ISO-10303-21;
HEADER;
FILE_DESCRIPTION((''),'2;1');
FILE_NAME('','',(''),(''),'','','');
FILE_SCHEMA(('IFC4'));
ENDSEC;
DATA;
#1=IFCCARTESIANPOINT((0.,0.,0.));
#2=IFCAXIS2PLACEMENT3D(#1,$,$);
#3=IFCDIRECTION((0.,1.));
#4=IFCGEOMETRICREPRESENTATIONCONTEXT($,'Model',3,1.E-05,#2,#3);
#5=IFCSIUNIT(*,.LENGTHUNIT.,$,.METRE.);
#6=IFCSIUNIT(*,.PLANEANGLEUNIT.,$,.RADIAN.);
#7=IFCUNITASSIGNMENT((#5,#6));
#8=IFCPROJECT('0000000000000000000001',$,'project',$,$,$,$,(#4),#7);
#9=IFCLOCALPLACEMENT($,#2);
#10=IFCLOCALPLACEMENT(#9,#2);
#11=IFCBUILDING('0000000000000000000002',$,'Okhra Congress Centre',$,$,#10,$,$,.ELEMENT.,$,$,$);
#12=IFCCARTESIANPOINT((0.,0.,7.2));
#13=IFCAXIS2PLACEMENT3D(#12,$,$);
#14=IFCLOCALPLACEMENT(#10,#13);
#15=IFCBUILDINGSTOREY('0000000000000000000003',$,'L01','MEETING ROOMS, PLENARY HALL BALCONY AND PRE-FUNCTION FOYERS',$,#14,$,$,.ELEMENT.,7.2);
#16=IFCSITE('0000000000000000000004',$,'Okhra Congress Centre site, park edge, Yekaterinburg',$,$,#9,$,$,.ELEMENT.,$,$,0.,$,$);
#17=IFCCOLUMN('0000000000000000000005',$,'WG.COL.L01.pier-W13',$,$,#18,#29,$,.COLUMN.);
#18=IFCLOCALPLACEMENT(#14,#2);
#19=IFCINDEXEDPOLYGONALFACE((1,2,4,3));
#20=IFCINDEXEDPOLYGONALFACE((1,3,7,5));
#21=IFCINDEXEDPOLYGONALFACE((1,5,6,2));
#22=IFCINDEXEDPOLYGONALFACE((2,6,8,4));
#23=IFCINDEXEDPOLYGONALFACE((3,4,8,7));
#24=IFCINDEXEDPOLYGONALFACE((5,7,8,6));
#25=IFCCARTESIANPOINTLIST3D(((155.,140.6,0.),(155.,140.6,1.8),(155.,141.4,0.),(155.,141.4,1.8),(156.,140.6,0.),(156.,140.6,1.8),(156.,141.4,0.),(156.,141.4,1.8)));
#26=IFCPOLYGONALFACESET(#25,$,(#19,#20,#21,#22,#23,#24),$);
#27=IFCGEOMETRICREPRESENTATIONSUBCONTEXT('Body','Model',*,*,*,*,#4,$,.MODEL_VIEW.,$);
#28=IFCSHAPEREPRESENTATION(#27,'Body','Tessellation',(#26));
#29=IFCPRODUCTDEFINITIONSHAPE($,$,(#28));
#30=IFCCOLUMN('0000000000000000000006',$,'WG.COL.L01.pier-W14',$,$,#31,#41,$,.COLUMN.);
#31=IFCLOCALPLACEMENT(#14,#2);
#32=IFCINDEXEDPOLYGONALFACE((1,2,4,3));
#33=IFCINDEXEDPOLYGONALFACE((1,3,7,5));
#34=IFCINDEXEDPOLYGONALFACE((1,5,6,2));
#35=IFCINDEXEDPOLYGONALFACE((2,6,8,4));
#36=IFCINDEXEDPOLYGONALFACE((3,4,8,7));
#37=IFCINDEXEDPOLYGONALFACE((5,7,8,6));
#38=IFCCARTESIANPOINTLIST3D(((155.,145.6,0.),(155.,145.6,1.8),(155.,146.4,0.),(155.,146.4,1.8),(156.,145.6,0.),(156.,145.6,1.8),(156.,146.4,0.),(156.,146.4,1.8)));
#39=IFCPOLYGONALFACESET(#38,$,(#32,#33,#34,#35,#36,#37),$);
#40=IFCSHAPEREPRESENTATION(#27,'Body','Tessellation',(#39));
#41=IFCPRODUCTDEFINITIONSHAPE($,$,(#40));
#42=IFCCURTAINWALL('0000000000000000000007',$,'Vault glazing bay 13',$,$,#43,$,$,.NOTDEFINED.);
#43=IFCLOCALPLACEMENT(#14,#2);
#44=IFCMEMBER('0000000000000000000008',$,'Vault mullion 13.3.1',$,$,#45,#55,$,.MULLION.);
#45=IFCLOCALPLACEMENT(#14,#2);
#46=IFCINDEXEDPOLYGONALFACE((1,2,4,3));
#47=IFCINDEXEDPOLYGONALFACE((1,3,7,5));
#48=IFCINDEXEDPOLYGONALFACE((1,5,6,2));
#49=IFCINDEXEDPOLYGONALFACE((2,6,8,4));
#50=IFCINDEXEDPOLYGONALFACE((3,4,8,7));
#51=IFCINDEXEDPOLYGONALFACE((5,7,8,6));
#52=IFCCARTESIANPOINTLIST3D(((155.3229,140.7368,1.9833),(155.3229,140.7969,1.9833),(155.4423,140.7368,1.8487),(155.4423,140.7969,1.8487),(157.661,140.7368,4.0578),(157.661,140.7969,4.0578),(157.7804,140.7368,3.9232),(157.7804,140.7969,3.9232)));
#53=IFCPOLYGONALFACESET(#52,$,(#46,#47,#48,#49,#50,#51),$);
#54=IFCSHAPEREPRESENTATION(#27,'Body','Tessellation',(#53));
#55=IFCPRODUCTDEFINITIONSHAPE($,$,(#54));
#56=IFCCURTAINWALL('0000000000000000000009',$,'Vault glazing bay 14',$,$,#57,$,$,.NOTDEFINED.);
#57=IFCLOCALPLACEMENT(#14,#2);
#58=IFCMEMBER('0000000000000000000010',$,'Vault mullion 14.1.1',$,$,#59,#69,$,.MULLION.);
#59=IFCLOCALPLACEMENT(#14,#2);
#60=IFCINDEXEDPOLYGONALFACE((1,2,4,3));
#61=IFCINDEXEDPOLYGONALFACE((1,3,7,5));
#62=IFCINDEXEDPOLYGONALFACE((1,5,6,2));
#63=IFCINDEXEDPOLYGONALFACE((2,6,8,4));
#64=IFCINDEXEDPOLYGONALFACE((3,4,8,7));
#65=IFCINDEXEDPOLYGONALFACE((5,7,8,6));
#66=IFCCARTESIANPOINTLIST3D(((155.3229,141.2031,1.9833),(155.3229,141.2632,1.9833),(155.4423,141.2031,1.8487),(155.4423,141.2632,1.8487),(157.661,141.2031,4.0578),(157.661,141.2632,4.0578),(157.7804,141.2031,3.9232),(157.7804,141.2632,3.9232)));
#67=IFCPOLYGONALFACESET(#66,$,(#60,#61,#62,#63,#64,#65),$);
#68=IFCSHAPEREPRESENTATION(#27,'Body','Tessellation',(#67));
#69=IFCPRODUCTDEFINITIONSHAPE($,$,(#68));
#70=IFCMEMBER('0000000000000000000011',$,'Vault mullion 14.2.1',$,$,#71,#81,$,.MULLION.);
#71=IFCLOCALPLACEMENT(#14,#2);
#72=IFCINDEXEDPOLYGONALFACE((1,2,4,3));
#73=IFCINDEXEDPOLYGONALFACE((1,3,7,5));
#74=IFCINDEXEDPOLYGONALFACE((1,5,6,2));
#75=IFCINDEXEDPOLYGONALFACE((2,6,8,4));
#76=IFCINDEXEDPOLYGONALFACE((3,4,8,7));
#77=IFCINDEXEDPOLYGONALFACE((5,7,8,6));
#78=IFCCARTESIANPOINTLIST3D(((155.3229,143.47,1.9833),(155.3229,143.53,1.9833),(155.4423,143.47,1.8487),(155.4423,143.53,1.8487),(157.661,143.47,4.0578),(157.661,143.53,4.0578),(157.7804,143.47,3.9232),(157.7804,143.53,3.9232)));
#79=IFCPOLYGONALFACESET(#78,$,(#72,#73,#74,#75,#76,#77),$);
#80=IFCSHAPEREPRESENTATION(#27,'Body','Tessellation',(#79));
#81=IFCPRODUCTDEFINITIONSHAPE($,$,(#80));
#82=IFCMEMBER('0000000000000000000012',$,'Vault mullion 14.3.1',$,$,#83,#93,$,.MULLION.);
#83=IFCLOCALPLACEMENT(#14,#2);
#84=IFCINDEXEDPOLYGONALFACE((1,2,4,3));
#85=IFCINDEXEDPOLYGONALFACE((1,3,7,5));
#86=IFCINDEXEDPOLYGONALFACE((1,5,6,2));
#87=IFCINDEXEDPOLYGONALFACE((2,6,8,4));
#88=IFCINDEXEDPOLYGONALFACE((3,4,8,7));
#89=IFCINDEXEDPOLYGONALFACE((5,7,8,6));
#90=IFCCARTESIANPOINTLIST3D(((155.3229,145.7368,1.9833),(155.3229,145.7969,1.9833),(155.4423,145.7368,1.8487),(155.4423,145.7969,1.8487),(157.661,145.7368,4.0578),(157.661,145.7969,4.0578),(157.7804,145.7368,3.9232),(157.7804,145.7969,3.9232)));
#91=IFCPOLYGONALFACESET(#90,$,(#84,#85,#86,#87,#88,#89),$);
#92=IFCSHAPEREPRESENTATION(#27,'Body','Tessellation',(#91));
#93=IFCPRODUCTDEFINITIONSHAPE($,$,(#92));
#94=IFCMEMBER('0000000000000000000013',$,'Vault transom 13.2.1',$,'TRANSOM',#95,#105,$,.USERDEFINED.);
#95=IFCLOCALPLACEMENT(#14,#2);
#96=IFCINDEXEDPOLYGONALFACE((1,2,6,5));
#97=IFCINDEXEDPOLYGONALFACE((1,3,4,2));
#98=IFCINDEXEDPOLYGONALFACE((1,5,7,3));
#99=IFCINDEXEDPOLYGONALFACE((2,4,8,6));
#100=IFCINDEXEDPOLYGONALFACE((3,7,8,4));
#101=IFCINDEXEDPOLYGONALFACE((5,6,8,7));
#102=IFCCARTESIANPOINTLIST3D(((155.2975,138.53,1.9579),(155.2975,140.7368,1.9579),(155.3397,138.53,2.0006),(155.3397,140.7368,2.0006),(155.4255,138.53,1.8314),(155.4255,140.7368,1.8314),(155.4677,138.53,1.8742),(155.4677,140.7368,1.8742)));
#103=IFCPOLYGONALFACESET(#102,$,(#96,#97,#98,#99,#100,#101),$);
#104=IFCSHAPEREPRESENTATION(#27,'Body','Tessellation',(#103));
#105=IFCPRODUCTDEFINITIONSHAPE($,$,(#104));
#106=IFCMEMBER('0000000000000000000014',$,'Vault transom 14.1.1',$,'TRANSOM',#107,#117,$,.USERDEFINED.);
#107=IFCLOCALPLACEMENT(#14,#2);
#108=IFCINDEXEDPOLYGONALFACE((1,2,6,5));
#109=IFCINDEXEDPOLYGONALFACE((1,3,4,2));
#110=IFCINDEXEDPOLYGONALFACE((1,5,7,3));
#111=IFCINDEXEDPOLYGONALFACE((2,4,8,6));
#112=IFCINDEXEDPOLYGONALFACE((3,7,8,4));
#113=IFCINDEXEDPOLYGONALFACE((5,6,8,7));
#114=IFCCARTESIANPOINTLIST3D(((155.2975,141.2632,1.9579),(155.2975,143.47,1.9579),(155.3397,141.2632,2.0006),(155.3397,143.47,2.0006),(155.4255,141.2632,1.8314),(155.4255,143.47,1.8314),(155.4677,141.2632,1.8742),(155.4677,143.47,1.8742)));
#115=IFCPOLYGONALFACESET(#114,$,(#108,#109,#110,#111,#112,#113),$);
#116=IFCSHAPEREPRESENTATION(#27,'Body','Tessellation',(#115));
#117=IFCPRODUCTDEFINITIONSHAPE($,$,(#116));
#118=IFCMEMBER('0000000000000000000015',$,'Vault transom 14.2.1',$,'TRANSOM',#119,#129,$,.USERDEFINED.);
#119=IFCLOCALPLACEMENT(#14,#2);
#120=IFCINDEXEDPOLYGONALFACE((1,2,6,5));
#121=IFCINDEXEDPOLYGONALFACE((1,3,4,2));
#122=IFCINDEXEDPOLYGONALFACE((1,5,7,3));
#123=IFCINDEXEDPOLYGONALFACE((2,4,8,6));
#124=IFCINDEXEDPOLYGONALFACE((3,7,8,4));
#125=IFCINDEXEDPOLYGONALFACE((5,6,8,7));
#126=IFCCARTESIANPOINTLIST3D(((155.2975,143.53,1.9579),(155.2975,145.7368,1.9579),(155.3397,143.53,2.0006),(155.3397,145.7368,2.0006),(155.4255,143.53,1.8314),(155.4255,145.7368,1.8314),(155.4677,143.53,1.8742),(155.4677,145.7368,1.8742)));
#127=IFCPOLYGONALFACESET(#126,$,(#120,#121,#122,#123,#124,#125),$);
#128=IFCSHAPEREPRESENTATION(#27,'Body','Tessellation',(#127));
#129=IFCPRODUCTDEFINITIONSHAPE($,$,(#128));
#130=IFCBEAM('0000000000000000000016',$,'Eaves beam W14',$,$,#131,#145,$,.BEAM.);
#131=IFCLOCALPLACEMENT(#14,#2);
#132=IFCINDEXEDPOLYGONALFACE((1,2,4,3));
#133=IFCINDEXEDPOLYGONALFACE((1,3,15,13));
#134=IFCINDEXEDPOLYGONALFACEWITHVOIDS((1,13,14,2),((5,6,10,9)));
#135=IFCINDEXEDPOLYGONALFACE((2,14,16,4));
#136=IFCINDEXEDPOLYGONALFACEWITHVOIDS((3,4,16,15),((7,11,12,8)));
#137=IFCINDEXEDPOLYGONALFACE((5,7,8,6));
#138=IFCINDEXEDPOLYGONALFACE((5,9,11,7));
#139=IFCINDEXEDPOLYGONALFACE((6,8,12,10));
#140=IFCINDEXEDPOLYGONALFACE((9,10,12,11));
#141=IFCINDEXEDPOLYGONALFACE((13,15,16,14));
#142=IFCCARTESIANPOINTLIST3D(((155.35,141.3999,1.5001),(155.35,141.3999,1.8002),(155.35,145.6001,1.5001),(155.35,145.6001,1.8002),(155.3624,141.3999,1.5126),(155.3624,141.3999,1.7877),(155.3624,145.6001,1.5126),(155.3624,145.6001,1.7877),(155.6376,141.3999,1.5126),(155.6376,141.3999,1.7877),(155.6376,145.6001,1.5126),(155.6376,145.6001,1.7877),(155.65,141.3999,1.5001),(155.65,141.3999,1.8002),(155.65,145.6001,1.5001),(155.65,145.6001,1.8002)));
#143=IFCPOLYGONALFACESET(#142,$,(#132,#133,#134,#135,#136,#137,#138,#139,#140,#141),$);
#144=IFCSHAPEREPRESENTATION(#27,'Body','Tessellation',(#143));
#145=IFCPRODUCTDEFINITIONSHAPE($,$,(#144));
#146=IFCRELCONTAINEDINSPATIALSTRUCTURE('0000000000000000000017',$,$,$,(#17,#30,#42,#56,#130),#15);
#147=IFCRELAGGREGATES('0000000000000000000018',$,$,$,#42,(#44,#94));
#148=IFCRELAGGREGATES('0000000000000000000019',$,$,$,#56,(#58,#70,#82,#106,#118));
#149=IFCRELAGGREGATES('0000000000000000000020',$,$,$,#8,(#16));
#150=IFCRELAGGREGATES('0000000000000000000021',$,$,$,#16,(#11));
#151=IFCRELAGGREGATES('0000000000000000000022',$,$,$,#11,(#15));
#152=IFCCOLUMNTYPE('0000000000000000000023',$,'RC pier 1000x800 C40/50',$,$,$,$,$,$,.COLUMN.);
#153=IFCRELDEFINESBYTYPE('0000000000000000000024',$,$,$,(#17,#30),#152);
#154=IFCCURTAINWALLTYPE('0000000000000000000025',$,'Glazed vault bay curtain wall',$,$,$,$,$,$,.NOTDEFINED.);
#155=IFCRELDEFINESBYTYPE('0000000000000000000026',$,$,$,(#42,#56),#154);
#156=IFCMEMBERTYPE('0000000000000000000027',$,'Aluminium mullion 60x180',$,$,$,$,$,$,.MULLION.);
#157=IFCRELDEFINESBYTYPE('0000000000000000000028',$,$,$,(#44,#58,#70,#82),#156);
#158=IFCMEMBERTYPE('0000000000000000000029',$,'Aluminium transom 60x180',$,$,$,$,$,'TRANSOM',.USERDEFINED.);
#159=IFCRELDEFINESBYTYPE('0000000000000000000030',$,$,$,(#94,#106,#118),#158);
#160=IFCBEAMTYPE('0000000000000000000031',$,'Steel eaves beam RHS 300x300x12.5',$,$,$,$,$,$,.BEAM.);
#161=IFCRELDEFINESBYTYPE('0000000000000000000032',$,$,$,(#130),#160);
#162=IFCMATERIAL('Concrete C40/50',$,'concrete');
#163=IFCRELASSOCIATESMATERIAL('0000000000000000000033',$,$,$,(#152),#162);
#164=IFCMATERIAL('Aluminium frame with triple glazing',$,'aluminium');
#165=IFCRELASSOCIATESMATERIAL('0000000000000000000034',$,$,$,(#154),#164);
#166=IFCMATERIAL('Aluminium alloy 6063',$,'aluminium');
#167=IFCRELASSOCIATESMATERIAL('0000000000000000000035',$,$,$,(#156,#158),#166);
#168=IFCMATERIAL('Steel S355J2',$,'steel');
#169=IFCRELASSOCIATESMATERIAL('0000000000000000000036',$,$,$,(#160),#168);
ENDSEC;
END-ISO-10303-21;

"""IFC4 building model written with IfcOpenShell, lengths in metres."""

from ifc_helpers import new_model, si_unit, direction, frame, origin, origin_2d, place, context, subcontext, project, spatial, rectangle, hollow_rectangle, extrude, material, material_profile, profile_set, type_object, element, aggregate, save


model = new_model("IFC4")

# Units and contexts
model_context = context("Model", 3, precision=1e-05, world=origin(), true_north=direction((0.0, 1.0)))
body_context = subcontext(model_context, "Body", "Model", "MODEL_VIEW")
ifc_project = project(units=[si_unit("LENGTHUNIT", "METRE"), si_unit("PLANEANGLEUNIT", "RADIAN")], contexts=[model_context])

# Site, building, storey
site_placement = place(None, origin())
site = spatial("IfcSite", under=ifc_project, at=site_placement, Name="Okhra Congress Centre site, park edge, Yekaterinburg", CompositionType="ELEMENT", RefElevation=0.0)
building_placement = place(site_placement, origin())
building = spatial("IfcBuilding", under=site, at=building_placement, Name="Okhra Congress Centre", CompositionType="ELEMENT")
storey_placement = place(building_placement, frame((0.0, 0.0, 7.2)))
storey = spatial("IfcBuildingStorey", under=building, at=storey_placement, Name="L01", Description="MEETING ROOMS, PLENARY HALL BALCONY AND PRE-FUNCTION FOYERS", CompositionType="ELEMENT", Elevation=7.2)

# Columns
ifc_material_1 = material(Name="Concrete C40/50", Category="concrete")
ifc_material_profile_1 = material_profile(ifc_material_1, rectangle(XDim=1.0, YDim=0.8, at=origin_2d()), Name="RC 1000x800")
ifc_profile_set_1 = profile_set([ifc_material_profile_1], Name="Concrete C40/50")
column_type = type_object("IfcColumnType", Name="RC pier 1000x800 C40/50", PredefinedType="COLUMN", material=ifc_profile_set_1)
for number, where, z_axis, x_axis, name in (
    (1, (155.5, 141.0, 0.0), (0.0, 0.0, 1.0), (1.0, 0.0, 0.0), "WG.COL.L01.pier-W13"),
    (2, (155.5, 146.0, 0.0), (0.0, 0.0, 1.0), (1.0, 0.0, 0.0), "WG.COL.L01.pier-W14"),
):
    element("IfcColumn", number, at=place(storey_placement, frame(where, z_axis=z_axis, x_axis=x_axis)), inside=storey, type_object=column_type, Name=name, PredefinedType="COLUMN", context=body_context, shape_type="SweptSolid", body=[
        extrude(rectangle(XDim=1.0, YDim=0.8, at=origin_2d()), origin(), (0.0, 0.0, 1.0), 1.8),
    ])

# Curtain wall, member
ifc_material_2 = material(Name="Aluminium frame with triple glazing", Category="aluminium")
curtain_wall_type = type_object("IfcCurtainWallType", Name="Glazed vault bay curtain wall", PredefinedType="NOTDEFINED", material=ifc_material_2)
curtain_wall_1_placement = place(storey_placement, origin())
curtain_wall_1 = element("IfcCurtainWall", 3, at=curtain_wall_1_placement, inside=storey, type_object=curtain_wall_type, Name="Vault glazing bay 13", PredefinedType="NOTDEFINED")
ifc_material_3 = material(Name="Aluminium alloy 6063", Category="aluminium")
ifc_material_profile_2 = material_profile(ifc_material_3, rectangle(XDim=0.0601, YDim=0.1799, at=origin_2d()), Name="AL 60x180")
ifc_profile_set_2 = profile_set([ifc_material_profile_2], Name="Aluminium alloy 6063")
member_type_1 = type_object("IfcMemberType", Name="Aluminium mullion 60x180", PredefinedType="MULLION", material=ifc_profile_set_2)
member_1_placement = place(storey_placement, frame((155.3826, 140.7668, 1.916), z_axis=(0.748025, 0.0, 0.66367), x_axis=(0.0, 1.0, 0.0)))
member_1 = element("IfcMember", 4, at=member_1_placement, type_object=member_type_1, Name="Vault mullion 13.3.1", PredefinedType="MULLION", context=body_context, shape_type="SweptSolid", body=[
    extrude(rectangle(XDim=0.0601, YDim=0.1799, at=origin_2d()), origin(), (0.0, 0.0, 1.0), 3.1257),
])

# Curtain wall, members
curtain_wall_2_placement = place(storey_placement, origin())
curtain_wall_2 = element("IfcCurtainWall", 5, at=curtain_wall_2_placement, inside=storey, type_object=curtain_wall_type, Name="Vault glazing bay 14", PredefinedType="NOTDEFINED")
member_2_placement = place(storey_placement, frame((155.3826, 141.2332, 1.916), z_axis=(0.748025, 0.0, 0.66367), x_axis=(0.0, 1.0, 0.0)))
member_2 = element("IfcMember", 6, at=member_2_placement, type_object=member_type_1, Name="Vault mullion 14.1.1", PredefinedType="MULLION", context=body_context, shape_type="SweptSolid", body=[
    extrude(rectangle(XDim=0.0601, YDim=0.1799, at=origin_2d()), origin(), (0.0, 0.0, 1.0), 3.1257),
])
member_3_placement = place(storey_placement, frame((155.3826, 143.5, 1.916), z_axis=(0.748025, 0.0, 0.66367), x_axis=(0.0, 1.0, 0.0)))
member_3 = element("IfcMember", 7, at=member_3_placement, type_object=member_type_1, Name="Vault mullion 14.2.1", PredefinedType="MULLION", context=body_context, shape_type="SweptSolid", body=[
    extrude(rectangle(XDim=0.0601, YDim=0.1799, at=origin_2d()), origin(), (0.0, 0.0, 1.0), 3.1257),
])
member_4_placement = place(storey_placement, frame((155.3826, 145.7668, 1.916), z_axis=(0.748025, 0.0, 0.66367), x_axis=(0.0, 1.0, 0.0)))
member_4 = element("IfcMember", 8, at=member_4_placement, type_object=member_type_1, Name="Vault mullion 14.3.1", PredefinedType="MULLION", context=body_context, shape_type="SweptSolid", body=[
    extrude(rectangle(XDim=0.0601, YDim=0.1799, at=origin_2d()), origin(), (0.0, 0.0, 1.0), 3.1257),
])

# Members
ifc_material_profile_3 = material_profile(ifc_material_3, rectangle(XDim=0.0601, YDim=0.1799, at=origin_2d()), Name="AL 60x180 transom")
ifc_profile_set_3 = profile_set([ifc_material_profile_3], Name="Aluminium alloy 6063")
member_type_2 = type_object("IfcMemberType", Name="Aluminium transom 60x180", ElementType="TRANSOM", PredefinedType="USERDEFINED", material=ifc_profile_set_3)
member_5_placement = place(storey_placement, frame((155.3826, 138.53, 1.916), z_axis=(0.0, 1.0, 0.0), x_axis=(-0.702636, 0.0, -0.711549)))
member_5 = element("IfcMember", 9, at=member_5_placement, type_object=member_type_2, Name="Vault transom 13.2.1", ObjectType="TRANSOM", PredefinedType="USERDEFINED", context=body_context, shape_type="SweptSolid", body=[
    extrude(rectangle(XDim=0.0601, YDim=0.1799, at=origin_2d()), origin(), (0.0, 0.0, 1.0), 2.2068),
])
member_6_placement = place(storey_placement, frame((155.3826, 141.2632, 1.916), z_axis=(0.0, 1.0, 0.0), x_axis=(-0.702636, 0.0, -0.711549)))
member_6 = element("IfcMember", 10, at=member_6_placement, type_object=member_type_2, Name="Vault transom 14.1.1", ObjectType="TRANSOM", PredefinedType="USERDEFINED", context=body_context, shape_type="SweptSolid", body=[
    extrude(rectangle(XDim=0.0601, YDim=0.1799, at=origin_2d()), origin(), (0.0, 0.0, 1.0), 2.2068),
])
member_7_placement = place(storey_placement, frame((155.3826, 143.53, 1.916), z_axis=(0.0, 1.0, 0.0), x_axis=(-0.702636, 0.0, -0.711549)))
member_7 = element("IfcMember", 11, at=member_7_placement, type_object=member_type_2, Name="Vault transom 14.2.1", ObjectType="TRANSOM", PredefinedType="USERDEFINED", context=body_context, shape_type="SweptSolid", body=[
    extrude(rectangle(XDim=0.0601, YDim=0.1799, at=origin_2d()), origin(), (0.0, 0.0, 1.0), 2.2068),
])

# Beam
ifc_material_4 = material(Name="Steel S355J2", Category="steel")
ifc_material_profile_4 = material_profile(ifc_material_4, hollow_rectangle(XDim=0.3, YDim=0.3, WallThickness=0.0125, at=origin_2d()), Name="RHS 300x300x12.5")
ifc_profile_set_4 = profile_set([ifc_material_profile_4], Name="Steel S355J2")
beam_type = type_object("IfcBeamType", Name="Steel eaves beam RHS 300x300x12.5", PredefinedType="BEAM", material=ifc_profile_set_4)
beam_placement = place(storey_placement, frame((155.5, 141.3999, 1.6501), z_axis=(0.0, 1.0, 0.0), x_axis=(-1.0, 0.0, 0.0)))
element("IfcBeam", 12, at=beam_placement, inside=storey, type_object=beam_type, Name="Eaves beam W14", PredefinedType="BEAM", context=body_context, shape_type="SweptSolid", body=[
    extrude(hollow_rectangle(XDim=0.3, YDim=0.3, WallThickness=0.0125, at=origin_2d()), origin(), (0.0, 0.0, 1.0), 4.2002),
])

aggregate(curtain_wall_1, [member_1, member_5])
aggregate(curtain_wall_2, [member_2, member_3, member_4, member_6, member_7])

save(model, "model.ifc")
